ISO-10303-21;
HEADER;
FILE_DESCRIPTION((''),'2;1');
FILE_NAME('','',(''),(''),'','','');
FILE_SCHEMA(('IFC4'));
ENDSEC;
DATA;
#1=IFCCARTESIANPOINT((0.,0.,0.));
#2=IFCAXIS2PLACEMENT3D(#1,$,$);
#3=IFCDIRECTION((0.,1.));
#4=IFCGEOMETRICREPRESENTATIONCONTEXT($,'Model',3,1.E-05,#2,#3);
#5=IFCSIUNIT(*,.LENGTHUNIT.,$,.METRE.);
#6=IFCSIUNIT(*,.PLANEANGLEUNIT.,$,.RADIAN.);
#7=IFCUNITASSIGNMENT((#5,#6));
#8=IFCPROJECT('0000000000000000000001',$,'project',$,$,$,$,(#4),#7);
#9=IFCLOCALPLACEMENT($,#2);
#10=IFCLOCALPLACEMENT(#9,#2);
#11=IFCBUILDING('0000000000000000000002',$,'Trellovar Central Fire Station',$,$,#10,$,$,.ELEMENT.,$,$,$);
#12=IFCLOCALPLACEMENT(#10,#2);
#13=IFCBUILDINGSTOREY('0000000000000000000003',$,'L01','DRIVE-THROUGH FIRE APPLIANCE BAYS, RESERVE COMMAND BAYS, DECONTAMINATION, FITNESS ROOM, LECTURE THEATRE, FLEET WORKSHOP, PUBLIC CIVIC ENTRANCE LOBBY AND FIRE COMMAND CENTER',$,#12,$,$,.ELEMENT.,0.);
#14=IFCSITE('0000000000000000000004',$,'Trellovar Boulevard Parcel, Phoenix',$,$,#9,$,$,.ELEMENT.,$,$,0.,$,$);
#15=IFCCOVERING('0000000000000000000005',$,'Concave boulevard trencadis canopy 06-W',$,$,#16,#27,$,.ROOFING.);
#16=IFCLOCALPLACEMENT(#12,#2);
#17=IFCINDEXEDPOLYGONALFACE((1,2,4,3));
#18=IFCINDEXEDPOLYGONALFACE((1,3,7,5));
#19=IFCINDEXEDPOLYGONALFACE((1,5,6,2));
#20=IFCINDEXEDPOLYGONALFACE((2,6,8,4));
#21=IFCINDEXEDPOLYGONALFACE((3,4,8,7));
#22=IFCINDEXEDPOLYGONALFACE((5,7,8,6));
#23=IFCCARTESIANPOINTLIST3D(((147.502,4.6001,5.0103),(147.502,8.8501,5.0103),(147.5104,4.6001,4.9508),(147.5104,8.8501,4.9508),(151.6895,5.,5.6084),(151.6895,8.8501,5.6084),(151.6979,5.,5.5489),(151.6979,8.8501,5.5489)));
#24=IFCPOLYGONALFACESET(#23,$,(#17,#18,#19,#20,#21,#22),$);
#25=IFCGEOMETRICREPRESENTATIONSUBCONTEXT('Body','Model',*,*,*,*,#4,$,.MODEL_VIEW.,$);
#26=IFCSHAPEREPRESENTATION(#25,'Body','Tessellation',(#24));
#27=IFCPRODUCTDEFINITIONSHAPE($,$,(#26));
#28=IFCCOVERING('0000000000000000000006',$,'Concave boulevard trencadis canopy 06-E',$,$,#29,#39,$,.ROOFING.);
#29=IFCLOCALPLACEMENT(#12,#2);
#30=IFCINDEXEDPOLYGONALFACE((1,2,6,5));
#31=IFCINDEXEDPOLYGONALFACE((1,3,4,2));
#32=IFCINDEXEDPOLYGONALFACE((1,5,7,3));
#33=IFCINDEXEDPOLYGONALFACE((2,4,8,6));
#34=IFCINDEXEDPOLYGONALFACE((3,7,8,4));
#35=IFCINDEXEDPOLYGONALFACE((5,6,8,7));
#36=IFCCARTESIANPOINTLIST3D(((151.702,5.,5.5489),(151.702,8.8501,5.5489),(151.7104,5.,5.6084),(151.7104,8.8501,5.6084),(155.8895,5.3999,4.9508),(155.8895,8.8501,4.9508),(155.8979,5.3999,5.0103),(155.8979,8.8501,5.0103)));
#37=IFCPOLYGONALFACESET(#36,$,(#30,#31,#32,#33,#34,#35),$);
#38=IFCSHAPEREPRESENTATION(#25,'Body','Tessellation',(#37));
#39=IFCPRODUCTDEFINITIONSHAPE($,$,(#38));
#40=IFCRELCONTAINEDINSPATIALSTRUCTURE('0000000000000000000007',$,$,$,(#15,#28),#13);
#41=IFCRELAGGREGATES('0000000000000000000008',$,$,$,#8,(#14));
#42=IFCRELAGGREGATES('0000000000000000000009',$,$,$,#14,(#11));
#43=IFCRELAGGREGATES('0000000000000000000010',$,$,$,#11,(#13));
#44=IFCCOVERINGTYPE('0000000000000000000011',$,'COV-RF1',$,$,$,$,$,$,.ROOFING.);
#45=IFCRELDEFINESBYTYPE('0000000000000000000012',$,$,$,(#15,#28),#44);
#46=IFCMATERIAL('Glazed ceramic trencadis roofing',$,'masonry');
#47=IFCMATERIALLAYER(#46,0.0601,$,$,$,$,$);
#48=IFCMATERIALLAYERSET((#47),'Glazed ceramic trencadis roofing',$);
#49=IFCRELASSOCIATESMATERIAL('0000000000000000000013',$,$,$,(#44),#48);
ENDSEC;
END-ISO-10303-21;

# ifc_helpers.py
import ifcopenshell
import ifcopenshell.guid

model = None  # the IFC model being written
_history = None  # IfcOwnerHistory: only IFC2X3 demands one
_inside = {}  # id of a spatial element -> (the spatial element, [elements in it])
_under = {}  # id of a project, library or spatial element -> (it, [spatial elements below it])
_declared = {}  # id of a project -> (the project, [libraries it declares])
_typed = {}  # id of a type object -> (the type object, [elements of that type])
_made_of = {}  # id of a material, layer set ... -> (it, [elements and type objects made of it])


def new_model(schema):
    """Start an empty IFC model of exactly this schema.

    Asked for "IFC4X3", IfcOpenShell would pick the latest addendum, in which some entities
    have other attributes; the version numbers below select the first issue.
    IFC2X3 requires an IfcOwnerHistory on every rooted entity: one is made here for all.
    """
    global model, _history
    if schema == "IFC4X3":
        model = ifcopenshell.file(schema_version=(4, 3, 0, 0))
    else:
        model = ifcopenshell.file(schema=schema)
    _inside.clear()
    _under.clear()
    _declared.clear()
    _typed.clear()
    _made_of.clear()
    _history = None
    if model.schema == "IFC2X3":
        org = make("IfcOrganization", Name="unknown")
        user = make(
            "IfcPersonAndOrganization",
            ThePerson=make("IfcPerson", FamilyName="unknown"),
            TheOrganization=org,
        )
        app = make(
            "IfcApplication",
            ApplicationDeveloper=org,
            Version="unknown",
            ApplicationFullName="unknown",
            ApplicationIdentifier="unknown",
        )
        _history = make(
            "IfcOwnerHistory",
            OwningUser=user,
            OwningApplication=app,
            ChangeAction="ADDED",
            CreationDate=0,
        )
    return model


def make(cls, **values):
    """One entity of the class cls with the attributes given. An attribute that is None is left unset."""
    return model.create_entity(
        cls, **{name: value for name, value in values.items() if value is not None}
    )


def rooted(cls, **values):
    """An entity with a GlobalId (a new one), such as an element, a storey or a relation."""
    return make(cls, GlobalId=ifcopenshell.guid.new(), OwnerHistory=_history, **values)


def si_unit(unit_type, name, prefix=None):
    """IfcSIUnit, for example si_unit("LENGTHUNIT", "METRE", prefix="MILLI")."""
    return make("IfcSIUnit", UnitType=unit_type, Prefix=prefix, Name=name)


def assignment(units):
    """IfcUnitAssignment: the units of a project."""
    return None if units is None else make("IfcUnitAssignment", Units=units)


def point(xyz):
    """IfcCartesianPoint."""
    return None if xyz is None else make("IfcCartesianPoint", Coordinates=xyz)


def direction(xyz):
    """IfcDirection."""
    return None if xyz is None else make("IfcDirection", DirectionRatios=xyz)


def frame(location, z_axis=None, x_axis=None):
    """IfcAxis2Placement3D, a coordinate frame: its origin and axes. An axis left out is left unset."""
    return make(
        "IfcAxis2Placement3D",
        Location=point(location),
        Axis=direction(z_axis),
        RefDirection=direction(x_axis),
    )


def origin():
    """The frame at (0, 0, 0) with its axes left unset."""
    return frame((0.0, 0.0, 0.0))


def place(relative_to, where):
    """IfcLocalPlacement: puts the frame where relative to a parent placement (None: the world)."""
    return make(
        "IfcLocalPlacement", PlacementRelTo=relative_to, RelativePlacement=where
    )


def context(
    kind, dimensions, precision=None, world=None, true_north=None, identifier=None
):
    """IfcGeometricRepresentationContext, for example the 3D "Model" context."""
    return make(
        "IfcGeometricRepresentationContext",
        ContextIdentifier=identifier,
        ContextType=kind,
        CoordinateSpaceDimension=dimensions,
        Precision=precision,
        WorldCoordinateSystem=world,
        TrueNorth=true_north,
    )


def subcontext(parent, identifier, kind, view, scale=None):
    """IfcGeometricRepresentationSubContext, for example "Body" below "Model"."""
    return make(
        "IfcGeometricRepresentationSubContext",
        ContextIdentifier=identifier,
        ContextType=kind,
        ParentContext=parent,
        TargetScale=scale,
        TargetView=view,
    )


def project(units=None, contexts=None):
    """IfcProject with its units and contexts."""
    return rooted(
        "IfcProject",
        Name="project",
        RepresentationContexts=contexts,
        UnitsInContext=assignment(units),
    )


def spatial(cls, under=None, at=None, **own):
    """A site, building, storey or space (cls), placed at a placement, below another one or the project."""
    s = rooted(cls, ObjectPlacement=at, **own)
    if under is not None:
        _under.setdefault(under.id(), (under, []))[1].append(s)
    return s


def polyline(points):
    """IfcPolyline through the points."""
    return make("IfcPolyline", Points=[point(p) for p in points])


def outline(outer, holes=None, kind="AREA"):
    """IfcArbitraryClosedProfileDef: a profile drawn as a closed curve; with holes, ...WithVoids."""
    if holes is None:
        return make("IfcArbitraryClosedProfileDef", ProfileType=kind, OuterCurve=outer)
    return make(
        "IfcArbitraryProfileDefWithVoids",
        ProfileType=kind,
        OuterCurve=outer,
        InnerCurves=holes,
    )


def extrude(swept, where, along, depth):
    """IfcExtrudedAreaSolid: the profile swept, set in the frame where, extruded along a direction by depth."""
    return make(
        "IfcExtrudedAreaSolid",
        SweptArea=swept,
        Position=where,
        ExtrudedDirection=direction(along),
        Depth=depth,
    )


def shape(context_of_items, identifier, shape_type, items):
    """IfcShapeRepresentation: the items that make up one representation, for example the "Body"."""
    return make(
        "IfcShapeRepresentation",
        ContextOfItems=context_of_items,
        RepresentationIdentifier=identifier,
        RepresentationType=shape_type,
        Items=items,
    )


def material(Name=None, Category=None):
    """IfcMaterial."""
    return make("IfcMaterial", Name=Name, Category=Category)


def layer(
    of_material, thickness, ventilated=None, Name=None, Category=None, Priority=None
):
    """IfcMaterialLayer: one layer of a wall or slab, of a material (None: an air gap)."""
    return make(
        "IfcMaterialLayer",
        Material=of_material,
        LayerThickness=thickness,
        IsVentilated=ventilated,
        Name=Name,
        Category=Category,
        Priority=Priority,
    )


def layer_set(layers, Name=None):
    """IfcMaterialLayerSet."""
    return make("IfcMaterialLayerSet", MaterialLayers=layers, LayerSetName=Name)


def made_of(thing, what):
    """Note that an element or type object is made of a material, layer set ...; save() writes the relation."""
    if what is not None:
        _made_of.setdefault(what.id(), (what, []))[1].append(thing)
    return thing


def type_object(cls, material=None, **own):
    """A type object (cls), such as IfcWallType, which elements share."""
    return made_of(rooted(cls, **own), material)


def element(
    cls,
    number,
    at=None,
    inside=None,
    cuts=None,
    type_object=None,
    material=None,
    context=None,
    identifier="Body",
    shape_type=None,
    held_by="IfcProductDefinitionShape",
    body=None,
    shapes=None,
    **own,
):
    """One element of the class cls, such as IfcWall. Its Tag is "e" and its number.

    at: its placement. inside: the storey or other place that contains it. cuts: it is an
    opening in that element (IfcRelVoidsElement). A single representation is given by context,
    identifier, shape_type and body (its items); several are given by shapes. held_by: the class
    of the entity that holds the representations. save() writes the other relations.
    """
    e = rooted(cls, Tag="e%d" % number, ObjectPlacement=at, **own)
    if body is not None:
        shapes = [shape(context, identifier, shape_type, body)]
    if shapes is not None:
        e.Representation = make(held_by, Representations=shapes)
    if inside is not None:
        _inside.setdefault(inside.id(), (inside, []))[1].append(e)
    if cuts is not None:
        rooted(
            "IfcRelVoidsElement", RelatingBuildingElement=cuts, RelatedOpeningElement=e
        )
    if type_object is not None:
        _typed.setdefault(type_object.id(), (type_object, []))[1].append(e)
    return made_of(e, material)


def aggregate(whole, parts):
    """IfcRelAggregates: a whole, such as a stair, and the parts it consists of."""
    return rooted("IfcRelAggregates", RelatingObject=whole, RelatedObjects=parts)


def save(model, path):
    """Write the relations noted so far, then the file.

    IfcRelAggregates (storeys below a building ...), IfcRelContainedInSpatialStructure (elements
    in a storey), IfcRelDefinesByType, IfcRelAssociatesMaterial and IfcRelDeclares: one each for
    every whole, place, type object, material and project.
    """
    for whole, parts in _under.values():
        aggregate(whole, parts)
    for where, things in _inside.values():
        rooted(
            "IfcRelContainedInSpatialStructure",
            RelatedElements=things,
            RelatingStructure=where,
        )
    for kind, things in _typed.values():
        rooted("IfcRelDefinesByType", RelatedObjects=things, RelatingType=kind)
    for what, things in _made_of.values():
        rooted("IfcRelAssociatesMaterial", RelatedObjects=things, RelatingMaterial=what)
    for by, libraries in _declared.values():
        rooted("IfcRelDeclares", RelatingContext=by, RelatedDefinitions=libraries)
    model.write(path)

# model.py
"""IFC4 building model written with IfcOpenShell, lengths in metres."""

from ifc_helpers import new_model, si_unit, direction, frame, origin, place, context, subcontext, project, spatial, polyline, outline, extrude, material, layer, layer_set, type_object, element, save


model = new_model("IFC4")

# Units and contexts
model_context = context("Model", 3, precision=1e-05, world=origin(), true_north=direction((0.0, 1.0)))
body_context = subcontext(model_context, "Body", "Model", "MODEL_VIEW")
ifc_project = project(units=[si_unit("LENGTHUNIT", "METRE"), si_unit("PLANEANGLEUNIT", "RADIAN")], contexts=[model_context])

# Site, building, storey
site_placement = place(None, origin())
site = spatial("IfcSite", under=ifc_project, at=site_placement, Name="Trellovar Boulevard Parcel, Phoenix", CompositionType="ELEMENT", RefElevation=0.0)
building_placement = place(site_placement, origin())
building = spatial("IfcBuilding", under=site, at=building_placement, Name="Trellovar Central Fire Station", CompositionType="ELEMENT")
storey_placement = place(building_placement, origin())
storey = spatial("IfcBuildingStorey", under=building, at=storey_placement, Name="L01", Description="DRIVE-THROUGH FIRE APPLIANCE BAYS, RESERVE COMMAND BAYS, DECONTAMINATION, FITNESS ROOM, LECTURE THEATRE, FLEET WORKSHOP, PUBLIC CIVIC ENTRANCE LOBBY AND FIRE COMMAND CENTER", CompositionType="ELEMENT", Elevation=0.0)

# Coverings
ifc_material_1 = material(Name="Glazed ceramic trencadis roofing", Category="masonry")
ifc_layer_1 = layer(ifc_material_1, 0.0601)
ifc_layer_set_1 = layer_set([ifc_layer_1], Name="Glazed ceramic trencadis roofing")
covering_type = type_object("IfcCoveringType", Name="COV-RF1", PredefinedType="ROOFING", material=ifc_layer_set_1)
covering_1_placement = place(storey_placement, frame((147.502, 4.6001, 5.0103), z_axis=(-0.141405, 0.0, 0.989952), x_axis=(0.985557, 0.09412, 0.140777)))
element("IfcCovering", 1, at=covering_1_placement, inside=storey, type_object=covering_type, Name="Concave boulevard trencadis canopy 06-W", PredefinedType="ROOFING", context=body_context, shape_type="SweptSolid", body=[
    extrude(outline(polyline([(0.0, 0.0), (4.2489, 0.0), (4.6112, 3.833), (0.4, 4.2311), (0.0, 0.0)])), origin(), (0.0, 0.0, -1.0), 0.0601),
])
covering_2_placement = place(storey_placement, frame((151.7104, 5.0, 5.6084), z_axis=(0.141405, 0.0, 0.989952), x_axis=(0.985557, 0.09412, -0.140777)))
element("IfcCovering", 2, at=covering_2_placement, inside=storey, type_object=covering_type, Name="Concave boulevard trencadis canopy 06-E", PredefinedType="ROOFING", context=body_context, shape_type="SweptSolid", body=[
    extrude(outline(polyline([(0.0, 0.0), (4.2489, 0.0), (4.5736, 3.4349), (0.3624, 3.833), (0.0, 0.0)])), origin(), (0.0, 0.0, -1.0), 0.0601),
])

save(model, "model.ifc")
